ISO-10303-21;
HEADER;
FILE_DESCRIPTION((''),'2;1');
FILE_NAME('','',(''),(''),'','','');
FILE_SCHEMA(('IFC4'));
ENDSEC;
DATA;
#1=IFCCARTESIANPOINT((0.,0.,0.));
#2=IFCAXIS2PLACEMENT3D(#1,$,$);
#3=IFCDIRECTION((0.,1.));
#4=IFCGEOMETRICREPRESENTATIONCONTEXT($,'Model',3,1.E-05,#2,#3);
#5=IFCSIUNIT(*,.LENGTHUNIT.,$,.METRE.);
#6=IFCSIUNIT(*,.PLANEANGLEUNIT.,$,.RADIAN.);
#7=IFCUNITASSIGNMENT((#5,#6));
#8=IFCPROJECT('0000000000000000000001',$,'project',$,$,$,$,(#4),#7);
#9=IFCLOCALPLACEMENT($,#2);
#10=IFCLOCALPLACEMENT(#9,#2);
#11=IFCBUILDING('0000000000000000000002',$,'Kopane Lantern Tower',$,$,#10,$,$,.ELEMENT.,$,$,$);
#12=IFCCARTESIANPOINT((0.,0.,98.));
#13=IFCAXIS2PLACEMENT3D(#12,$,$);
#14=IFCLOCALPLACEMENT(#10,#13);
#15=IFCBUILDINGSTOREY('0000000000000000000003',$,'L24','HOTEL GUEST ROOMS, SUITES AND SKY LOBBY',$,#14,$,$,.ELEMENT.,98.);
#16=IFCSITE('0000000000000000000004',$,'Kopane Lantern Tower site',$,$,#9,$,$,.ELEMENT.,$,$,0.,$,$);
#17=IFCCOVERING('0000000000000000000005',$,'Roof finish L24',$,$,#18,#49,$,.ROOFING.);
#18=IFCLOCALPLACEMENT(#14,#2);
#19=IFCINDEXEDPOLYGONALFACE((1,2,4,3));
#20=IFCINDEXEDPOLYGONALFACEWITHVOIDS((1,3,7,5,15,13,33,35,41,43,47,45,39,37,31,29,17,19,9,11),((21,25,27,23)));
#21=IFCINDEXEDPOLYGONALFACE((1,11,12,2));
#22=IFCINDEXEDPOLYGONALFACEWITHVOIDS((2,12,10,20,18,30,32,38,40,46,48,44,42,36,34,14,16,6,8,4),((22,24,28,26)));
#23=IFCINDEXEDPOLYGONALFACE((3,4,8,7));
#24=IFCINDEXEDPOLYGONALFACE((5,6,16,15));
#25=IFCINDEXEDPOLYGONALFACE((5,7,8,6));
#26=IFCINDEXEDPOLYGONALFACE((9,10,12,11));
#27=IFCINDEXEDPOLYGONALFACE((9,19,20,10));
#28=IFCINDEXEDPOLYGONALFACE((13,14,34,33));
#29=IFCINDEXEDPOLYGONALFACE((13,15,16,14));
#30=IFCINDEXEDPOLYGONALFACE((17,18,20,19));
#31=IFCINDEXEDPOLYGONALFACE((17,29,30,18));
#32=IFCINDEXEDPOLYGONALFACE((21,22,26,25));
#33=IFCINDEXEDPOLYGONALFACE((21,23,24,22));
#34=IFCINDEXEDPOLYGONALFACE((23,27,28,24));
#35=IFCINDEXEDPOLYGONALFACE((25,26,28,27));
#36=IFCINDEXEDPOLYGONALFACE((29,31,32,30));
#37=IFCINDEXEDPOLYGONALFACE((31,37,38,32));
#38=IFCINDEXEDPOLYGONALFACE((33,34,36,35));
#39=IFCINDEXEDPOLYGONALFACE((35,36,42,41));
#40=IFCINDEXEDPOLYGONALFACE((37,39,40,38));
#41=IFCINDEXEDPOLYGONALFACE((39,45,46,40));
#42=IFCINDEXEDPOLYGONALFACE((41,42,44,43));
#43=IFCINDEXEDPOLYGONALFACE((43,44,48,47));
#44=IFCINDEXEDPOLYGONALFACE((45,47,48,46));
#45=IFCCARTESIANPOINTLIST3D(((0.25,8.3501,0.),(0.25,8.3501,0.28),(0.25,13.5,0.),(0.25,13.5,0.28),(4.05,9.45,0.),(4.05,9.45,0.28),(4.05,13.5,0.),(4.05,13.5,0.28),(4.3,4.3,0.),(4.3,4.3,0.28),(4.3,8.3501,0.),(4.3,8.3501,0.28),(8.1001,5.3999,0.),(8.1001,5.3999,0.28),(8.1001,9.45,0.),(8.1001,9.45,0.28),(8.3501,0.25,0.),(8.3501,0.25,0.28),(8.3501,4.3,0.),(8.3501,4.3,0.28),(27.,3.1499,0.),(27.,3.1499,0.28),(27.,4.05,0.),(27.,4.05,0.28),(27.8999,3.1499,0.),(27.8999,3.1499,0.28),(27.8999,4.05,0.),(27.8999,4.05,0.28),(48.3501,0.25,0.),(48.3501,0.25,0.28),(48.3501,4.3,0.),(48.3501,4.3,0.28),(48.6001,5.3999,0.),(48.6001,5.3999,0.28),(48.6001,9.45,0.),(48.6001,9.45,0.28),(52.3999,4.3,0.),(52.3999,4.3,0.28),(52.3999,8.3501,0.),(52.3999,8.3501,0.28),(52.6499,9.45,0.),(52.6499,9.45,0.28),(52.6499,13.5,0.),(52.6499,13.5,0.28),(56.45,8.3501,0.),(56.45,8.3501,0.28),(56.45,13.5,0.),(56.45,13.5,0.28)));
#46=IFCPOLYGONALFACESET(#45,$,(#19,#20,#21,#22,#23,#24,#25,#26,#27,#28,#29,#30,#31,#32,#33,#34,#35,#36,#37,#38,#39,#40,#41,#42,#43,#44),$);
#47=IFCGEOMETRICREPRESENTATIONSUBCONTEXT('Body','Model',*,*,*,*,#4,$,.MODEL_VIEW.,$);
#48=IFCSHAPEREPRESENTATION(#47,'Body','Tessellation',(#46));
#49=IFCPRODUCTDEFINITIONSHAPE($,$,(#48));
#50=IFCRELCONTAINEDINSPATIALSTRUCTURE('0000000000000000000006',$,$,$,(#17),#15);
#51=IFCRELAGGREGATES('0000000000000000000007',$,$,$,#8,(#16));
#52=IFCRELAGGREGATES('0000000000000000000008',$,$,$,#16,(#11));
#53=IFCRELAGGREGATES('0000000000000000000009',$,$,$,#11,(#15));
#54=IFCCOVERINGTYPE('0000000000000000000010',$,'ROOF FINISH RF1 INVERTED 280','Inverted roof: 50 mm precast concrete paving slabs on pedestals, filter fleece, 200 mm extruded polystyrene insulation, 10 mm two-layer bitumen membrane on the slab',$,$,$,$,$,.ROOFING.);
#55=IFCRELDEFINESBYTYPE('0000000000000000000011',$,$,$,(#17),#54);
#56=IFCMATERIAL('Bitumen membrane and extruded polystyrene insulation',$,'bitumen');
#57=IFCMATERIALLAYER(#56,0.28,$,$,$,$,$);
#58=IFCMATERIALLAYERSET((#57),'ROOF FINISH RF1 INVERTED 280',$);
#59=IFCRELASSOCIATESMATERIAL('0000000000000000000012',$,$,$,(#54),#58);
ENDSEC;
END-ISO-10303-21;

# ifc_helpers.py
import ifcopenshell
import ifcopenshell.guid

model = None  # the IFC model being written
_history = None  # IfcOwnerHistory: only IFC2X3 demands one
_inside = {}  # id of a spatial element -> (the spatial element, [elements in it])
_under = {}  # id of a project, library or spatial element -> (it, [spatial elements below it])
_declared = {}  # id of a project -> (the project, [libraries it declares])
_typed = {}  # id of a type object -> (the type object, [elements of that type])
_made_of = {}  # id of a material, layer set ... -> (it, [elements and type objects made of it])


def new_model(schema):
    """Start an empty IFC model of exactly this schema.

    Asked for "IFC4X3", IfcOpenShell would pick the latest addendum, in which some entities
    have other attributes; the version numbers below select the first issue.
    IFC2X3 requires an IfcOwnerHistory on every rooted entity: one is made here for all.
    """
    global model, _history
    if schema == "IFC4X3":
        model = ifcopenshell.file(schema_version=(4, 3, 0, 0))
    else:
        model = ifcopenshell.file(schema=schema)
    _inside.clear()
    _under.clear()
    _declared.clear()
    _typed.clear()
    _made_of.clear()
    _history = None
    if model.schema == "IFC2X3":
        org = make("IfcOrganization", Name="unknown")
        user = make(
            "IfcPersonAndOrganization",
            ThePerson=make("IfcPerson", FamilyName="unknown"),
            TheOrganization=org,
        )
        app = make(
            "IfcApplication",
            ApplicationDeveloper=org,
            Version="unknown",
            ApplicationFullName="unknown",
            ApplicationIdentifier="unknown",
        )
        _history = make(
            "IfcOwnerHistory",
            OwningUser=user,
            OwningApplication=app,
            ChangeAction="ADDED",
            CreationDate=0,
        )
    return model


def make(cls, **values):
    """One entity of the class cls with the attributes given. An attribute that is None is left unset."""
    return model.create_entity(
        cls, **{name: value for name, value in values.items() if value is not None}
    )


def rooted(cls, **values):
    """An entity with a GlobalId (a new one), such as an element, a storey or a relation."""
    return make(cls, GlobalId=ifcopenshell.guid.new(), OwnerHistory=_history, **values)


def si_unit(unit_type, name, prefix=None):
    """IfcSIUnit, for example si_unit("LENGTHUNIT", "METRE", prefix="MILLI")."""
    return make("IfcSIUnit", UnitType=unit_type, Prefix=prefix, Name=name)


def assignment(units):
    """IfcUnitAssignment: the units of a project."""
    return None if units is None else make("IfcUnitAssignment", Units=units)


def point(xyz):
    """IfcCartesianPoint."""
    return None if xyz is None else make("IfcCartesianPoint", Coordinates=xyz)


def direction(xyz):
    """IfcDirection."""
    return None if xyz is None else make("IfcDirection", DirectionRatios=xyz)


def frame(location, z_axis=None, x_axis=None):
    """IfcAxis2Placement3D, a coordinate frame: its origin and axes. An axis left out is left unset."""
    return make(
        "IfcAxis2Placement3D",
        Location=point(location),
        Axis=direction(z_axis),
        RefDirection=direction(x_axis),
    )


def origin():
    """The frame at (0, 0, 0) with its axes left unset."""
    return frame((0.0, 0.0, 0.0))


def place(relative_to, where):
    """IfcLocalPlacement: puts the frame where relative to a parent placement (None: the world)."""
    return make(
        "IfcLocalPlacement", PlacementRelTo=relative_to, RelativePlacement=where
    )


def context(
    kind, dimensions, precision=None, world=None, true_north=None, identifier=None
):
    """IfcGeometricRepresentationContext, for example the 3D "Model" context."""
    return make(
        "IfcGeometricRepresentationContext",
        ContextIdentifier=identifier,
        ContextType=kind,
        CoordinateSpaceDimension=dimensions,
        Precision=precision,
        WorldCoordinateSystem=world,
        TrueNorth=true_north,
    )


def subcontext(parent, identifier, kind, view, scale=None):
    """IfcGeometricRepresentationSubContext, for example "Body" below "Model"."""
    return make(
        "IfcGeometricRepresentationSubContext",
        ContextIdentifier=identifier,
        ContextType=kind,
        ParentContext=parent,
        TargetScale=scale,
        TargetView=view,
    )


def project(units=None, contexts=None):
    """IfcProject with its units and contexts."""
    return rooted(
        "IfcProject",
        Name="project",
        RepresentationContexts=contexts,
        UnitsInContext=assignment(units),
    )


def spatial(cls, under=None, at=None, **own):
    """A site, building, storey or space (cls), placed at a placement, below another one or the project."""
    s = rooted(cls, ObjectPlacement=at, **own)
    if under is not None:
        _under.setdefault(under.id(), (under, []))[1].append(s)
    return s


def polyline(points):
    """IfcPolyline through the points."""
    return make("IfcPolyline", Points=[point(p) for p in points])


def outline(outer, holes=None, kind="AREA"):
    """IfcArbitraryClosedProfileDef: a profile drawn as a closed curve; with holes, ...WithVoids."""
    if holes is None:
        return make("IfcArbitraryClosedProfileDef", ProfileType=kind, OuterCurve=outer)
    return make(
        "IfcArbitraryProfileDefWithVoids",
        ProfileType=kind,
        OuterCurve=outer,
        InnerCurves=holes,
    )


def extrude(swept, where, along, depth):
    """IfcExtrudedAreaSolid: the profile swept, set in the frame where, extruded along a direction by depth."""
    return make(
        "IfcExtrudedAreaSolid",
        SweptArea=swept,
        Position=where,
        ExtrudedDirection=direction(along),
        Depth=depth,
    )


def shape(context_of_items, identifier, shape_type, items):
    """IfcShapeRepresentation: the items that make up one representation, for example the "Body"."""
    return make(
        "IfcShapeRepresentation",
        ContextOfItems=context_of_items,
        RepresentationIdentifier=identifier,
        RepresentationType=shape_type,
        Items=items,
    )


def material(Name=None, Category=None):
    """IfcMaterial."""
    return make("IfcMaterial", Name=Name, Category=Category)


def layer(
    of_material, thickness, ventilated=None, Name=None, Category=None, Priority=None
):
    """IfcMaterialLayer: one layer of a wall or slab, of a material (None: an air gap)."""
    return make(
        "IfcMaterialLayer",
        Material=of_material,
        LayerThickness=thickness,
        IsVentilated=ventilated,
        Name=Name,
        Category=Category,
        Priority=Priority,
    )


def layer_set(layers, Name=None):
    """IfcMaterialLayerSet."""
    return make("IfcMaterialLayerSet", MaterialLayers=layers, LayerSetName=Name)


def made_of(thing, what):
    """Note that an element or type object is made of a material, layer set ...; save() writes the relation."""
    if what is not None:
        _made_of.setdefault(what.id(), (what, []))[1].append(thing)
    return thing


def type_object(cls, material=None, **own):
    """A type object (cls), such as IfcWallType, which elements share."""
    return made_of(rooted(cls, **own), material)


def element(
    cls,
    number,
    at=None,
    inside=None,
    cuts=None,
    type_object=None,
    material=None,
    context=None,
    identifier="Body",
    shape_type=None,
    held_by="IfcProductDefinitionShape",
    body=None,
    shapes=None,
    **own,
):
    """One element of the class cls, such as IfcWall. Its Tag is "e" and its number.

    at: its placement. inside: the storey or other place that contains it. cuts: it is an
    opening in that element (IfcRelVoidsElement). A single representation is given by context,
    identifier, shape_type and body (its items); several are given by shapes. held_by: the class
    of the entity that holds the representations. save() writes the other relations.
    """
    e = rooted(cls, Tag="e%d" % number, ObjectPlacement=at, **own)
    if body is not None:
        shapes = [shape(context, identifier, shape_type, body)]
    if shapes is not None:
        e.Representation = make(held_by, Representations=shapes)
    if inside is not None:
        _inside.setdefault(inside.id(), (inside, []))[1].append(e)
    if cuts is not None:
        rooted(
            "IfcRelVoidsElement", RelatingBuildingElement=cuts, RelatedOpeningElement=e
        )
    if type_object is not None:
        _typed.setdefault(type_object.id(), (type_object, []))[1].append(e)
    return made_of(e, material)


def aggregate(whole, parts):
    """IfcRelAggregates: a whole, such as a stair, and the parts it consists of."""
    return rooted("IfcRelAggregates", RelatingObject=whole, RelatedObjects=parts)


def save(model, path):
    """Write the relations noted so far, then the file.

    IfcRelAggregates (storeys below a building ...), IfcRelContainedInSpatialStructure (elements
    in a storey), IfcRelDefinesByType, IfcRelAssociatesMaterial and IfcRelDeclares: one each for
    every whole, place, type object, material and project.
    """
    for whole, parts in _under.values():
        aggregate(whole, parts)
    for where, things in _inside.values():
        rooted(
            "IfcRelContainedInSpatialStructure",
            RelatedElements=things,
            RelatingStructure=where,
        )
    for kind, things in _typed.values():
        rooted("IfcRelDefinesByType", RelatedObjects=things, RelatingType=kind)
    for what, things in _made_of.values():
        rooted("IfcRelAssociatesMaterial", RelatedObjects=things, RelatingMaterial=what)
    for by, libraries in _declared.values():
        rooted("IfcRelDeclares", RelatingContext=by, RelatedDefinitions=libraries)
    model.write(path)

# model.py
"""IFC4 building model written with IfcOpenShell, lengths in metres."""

from ifc_helpers import new_model, si_unit, direction, frame, origin, place, context, subcontext, project, spatial, polyline, outline, extrude, material, layer, layer_set, type_object, element, save


model = new_model("IFC4")

# Units and contexts
model_context = context("Model", 3, precision=1e-05, world=origin(), true_north=direction((0.0, 1.0)))
body_context = subcontext(model_context, "Body", "Model", "MODEL_VIEW")
ifc_project = project(units=[si_unit("LENGTHUNIT", "METRE"), si_unit("PLANEANGLEUNIT", "RADIAN")], contexts=[model_context])

# Site, building, storey
site_placement = place(None, origin())
site = spatial("IfcSite", under=ifc_project, at=site_placement, Name="Kopane Lantern Tower site", CompositionType="ELEMENT", RefElevation=0.0)
building_placement = place(site_placement, origin())
building = spatial("IfcBuilding", under=site, at=building_placement, Name="Kopane Lantern Tower", CompositionType="ELEMENT")
storey_placement = place(building_placement, frame((0.0, 0.0, 98.0)))
storey = spatial("IfcBuildingStorey", under=building, at=storey_placement, Name="L24", Description="HOTEL GUEST ROOMS, SUITES AND SKY LOBBY", CompositionType="ELEMENT", Elevation=98.0)

# Covering
ifc_material_1 = material(Name="Bitumen membrane and extruded polystyrene insulation", Category="bitumen")
ifc_layer_1 = layer(ifc_material_1, 0.28)
ifc_layer_set_1 = layer_set([ifc_layer_1], Name="ROOF FINISH RF1 INVERTED 280")
covering_type = type_object("IfcCoveringType", Name="ROOF FINISH RF1 INVERTED 280", Description="Inverted roof: 50 mm precast concrete paving slabs on pedestals, filter fleece, 200 mm extruded polystyrene insulation, 10 mm two-layer bitumen membrane on the slab", PredefinedType="ROOFING", material=ifc_layer_set_1)
covering_placement = place(storey_placement, origin())
element("IfcCovering", 1, at=covering_placement, inside=storey, type_object=covering_type, Name="Roof finish L24", PredefinedType="ROOFING", context=body_context, shape_type="SweptSolid", body=[
    extrude(outline(polyline([(4.05, 13.5), (0.25, 13.5), (0.25, 8.3501), (4.3, 8.3501), (4.3, 4.3), (8.3501, 4.3), (8.3501, 0.25), (48.3501, 0.25), (48.3501, 4.3), (52.3999, 4.3), (52.3999, 8.3501), (56.45, 8.3501), (56.45, 13.5), (52.6499, 13.5), (52.6499, 9.45), (48.6001, 9.45), (48.6001, 5.3999), (8.1001, 5.3999), (8.1001, 9.45), (4.05, 9.45), (4.05, 13.5)]), holes=[polyline([(27.8999, 4.05), (27.8999, 3.1499), (27.0, 3.1499), (27.0, 4.05), (27.8999, 4.05)])]), origin(), (0.0, 0.0, 1.0), 0.28),
])

save(model, "model.ifc")
